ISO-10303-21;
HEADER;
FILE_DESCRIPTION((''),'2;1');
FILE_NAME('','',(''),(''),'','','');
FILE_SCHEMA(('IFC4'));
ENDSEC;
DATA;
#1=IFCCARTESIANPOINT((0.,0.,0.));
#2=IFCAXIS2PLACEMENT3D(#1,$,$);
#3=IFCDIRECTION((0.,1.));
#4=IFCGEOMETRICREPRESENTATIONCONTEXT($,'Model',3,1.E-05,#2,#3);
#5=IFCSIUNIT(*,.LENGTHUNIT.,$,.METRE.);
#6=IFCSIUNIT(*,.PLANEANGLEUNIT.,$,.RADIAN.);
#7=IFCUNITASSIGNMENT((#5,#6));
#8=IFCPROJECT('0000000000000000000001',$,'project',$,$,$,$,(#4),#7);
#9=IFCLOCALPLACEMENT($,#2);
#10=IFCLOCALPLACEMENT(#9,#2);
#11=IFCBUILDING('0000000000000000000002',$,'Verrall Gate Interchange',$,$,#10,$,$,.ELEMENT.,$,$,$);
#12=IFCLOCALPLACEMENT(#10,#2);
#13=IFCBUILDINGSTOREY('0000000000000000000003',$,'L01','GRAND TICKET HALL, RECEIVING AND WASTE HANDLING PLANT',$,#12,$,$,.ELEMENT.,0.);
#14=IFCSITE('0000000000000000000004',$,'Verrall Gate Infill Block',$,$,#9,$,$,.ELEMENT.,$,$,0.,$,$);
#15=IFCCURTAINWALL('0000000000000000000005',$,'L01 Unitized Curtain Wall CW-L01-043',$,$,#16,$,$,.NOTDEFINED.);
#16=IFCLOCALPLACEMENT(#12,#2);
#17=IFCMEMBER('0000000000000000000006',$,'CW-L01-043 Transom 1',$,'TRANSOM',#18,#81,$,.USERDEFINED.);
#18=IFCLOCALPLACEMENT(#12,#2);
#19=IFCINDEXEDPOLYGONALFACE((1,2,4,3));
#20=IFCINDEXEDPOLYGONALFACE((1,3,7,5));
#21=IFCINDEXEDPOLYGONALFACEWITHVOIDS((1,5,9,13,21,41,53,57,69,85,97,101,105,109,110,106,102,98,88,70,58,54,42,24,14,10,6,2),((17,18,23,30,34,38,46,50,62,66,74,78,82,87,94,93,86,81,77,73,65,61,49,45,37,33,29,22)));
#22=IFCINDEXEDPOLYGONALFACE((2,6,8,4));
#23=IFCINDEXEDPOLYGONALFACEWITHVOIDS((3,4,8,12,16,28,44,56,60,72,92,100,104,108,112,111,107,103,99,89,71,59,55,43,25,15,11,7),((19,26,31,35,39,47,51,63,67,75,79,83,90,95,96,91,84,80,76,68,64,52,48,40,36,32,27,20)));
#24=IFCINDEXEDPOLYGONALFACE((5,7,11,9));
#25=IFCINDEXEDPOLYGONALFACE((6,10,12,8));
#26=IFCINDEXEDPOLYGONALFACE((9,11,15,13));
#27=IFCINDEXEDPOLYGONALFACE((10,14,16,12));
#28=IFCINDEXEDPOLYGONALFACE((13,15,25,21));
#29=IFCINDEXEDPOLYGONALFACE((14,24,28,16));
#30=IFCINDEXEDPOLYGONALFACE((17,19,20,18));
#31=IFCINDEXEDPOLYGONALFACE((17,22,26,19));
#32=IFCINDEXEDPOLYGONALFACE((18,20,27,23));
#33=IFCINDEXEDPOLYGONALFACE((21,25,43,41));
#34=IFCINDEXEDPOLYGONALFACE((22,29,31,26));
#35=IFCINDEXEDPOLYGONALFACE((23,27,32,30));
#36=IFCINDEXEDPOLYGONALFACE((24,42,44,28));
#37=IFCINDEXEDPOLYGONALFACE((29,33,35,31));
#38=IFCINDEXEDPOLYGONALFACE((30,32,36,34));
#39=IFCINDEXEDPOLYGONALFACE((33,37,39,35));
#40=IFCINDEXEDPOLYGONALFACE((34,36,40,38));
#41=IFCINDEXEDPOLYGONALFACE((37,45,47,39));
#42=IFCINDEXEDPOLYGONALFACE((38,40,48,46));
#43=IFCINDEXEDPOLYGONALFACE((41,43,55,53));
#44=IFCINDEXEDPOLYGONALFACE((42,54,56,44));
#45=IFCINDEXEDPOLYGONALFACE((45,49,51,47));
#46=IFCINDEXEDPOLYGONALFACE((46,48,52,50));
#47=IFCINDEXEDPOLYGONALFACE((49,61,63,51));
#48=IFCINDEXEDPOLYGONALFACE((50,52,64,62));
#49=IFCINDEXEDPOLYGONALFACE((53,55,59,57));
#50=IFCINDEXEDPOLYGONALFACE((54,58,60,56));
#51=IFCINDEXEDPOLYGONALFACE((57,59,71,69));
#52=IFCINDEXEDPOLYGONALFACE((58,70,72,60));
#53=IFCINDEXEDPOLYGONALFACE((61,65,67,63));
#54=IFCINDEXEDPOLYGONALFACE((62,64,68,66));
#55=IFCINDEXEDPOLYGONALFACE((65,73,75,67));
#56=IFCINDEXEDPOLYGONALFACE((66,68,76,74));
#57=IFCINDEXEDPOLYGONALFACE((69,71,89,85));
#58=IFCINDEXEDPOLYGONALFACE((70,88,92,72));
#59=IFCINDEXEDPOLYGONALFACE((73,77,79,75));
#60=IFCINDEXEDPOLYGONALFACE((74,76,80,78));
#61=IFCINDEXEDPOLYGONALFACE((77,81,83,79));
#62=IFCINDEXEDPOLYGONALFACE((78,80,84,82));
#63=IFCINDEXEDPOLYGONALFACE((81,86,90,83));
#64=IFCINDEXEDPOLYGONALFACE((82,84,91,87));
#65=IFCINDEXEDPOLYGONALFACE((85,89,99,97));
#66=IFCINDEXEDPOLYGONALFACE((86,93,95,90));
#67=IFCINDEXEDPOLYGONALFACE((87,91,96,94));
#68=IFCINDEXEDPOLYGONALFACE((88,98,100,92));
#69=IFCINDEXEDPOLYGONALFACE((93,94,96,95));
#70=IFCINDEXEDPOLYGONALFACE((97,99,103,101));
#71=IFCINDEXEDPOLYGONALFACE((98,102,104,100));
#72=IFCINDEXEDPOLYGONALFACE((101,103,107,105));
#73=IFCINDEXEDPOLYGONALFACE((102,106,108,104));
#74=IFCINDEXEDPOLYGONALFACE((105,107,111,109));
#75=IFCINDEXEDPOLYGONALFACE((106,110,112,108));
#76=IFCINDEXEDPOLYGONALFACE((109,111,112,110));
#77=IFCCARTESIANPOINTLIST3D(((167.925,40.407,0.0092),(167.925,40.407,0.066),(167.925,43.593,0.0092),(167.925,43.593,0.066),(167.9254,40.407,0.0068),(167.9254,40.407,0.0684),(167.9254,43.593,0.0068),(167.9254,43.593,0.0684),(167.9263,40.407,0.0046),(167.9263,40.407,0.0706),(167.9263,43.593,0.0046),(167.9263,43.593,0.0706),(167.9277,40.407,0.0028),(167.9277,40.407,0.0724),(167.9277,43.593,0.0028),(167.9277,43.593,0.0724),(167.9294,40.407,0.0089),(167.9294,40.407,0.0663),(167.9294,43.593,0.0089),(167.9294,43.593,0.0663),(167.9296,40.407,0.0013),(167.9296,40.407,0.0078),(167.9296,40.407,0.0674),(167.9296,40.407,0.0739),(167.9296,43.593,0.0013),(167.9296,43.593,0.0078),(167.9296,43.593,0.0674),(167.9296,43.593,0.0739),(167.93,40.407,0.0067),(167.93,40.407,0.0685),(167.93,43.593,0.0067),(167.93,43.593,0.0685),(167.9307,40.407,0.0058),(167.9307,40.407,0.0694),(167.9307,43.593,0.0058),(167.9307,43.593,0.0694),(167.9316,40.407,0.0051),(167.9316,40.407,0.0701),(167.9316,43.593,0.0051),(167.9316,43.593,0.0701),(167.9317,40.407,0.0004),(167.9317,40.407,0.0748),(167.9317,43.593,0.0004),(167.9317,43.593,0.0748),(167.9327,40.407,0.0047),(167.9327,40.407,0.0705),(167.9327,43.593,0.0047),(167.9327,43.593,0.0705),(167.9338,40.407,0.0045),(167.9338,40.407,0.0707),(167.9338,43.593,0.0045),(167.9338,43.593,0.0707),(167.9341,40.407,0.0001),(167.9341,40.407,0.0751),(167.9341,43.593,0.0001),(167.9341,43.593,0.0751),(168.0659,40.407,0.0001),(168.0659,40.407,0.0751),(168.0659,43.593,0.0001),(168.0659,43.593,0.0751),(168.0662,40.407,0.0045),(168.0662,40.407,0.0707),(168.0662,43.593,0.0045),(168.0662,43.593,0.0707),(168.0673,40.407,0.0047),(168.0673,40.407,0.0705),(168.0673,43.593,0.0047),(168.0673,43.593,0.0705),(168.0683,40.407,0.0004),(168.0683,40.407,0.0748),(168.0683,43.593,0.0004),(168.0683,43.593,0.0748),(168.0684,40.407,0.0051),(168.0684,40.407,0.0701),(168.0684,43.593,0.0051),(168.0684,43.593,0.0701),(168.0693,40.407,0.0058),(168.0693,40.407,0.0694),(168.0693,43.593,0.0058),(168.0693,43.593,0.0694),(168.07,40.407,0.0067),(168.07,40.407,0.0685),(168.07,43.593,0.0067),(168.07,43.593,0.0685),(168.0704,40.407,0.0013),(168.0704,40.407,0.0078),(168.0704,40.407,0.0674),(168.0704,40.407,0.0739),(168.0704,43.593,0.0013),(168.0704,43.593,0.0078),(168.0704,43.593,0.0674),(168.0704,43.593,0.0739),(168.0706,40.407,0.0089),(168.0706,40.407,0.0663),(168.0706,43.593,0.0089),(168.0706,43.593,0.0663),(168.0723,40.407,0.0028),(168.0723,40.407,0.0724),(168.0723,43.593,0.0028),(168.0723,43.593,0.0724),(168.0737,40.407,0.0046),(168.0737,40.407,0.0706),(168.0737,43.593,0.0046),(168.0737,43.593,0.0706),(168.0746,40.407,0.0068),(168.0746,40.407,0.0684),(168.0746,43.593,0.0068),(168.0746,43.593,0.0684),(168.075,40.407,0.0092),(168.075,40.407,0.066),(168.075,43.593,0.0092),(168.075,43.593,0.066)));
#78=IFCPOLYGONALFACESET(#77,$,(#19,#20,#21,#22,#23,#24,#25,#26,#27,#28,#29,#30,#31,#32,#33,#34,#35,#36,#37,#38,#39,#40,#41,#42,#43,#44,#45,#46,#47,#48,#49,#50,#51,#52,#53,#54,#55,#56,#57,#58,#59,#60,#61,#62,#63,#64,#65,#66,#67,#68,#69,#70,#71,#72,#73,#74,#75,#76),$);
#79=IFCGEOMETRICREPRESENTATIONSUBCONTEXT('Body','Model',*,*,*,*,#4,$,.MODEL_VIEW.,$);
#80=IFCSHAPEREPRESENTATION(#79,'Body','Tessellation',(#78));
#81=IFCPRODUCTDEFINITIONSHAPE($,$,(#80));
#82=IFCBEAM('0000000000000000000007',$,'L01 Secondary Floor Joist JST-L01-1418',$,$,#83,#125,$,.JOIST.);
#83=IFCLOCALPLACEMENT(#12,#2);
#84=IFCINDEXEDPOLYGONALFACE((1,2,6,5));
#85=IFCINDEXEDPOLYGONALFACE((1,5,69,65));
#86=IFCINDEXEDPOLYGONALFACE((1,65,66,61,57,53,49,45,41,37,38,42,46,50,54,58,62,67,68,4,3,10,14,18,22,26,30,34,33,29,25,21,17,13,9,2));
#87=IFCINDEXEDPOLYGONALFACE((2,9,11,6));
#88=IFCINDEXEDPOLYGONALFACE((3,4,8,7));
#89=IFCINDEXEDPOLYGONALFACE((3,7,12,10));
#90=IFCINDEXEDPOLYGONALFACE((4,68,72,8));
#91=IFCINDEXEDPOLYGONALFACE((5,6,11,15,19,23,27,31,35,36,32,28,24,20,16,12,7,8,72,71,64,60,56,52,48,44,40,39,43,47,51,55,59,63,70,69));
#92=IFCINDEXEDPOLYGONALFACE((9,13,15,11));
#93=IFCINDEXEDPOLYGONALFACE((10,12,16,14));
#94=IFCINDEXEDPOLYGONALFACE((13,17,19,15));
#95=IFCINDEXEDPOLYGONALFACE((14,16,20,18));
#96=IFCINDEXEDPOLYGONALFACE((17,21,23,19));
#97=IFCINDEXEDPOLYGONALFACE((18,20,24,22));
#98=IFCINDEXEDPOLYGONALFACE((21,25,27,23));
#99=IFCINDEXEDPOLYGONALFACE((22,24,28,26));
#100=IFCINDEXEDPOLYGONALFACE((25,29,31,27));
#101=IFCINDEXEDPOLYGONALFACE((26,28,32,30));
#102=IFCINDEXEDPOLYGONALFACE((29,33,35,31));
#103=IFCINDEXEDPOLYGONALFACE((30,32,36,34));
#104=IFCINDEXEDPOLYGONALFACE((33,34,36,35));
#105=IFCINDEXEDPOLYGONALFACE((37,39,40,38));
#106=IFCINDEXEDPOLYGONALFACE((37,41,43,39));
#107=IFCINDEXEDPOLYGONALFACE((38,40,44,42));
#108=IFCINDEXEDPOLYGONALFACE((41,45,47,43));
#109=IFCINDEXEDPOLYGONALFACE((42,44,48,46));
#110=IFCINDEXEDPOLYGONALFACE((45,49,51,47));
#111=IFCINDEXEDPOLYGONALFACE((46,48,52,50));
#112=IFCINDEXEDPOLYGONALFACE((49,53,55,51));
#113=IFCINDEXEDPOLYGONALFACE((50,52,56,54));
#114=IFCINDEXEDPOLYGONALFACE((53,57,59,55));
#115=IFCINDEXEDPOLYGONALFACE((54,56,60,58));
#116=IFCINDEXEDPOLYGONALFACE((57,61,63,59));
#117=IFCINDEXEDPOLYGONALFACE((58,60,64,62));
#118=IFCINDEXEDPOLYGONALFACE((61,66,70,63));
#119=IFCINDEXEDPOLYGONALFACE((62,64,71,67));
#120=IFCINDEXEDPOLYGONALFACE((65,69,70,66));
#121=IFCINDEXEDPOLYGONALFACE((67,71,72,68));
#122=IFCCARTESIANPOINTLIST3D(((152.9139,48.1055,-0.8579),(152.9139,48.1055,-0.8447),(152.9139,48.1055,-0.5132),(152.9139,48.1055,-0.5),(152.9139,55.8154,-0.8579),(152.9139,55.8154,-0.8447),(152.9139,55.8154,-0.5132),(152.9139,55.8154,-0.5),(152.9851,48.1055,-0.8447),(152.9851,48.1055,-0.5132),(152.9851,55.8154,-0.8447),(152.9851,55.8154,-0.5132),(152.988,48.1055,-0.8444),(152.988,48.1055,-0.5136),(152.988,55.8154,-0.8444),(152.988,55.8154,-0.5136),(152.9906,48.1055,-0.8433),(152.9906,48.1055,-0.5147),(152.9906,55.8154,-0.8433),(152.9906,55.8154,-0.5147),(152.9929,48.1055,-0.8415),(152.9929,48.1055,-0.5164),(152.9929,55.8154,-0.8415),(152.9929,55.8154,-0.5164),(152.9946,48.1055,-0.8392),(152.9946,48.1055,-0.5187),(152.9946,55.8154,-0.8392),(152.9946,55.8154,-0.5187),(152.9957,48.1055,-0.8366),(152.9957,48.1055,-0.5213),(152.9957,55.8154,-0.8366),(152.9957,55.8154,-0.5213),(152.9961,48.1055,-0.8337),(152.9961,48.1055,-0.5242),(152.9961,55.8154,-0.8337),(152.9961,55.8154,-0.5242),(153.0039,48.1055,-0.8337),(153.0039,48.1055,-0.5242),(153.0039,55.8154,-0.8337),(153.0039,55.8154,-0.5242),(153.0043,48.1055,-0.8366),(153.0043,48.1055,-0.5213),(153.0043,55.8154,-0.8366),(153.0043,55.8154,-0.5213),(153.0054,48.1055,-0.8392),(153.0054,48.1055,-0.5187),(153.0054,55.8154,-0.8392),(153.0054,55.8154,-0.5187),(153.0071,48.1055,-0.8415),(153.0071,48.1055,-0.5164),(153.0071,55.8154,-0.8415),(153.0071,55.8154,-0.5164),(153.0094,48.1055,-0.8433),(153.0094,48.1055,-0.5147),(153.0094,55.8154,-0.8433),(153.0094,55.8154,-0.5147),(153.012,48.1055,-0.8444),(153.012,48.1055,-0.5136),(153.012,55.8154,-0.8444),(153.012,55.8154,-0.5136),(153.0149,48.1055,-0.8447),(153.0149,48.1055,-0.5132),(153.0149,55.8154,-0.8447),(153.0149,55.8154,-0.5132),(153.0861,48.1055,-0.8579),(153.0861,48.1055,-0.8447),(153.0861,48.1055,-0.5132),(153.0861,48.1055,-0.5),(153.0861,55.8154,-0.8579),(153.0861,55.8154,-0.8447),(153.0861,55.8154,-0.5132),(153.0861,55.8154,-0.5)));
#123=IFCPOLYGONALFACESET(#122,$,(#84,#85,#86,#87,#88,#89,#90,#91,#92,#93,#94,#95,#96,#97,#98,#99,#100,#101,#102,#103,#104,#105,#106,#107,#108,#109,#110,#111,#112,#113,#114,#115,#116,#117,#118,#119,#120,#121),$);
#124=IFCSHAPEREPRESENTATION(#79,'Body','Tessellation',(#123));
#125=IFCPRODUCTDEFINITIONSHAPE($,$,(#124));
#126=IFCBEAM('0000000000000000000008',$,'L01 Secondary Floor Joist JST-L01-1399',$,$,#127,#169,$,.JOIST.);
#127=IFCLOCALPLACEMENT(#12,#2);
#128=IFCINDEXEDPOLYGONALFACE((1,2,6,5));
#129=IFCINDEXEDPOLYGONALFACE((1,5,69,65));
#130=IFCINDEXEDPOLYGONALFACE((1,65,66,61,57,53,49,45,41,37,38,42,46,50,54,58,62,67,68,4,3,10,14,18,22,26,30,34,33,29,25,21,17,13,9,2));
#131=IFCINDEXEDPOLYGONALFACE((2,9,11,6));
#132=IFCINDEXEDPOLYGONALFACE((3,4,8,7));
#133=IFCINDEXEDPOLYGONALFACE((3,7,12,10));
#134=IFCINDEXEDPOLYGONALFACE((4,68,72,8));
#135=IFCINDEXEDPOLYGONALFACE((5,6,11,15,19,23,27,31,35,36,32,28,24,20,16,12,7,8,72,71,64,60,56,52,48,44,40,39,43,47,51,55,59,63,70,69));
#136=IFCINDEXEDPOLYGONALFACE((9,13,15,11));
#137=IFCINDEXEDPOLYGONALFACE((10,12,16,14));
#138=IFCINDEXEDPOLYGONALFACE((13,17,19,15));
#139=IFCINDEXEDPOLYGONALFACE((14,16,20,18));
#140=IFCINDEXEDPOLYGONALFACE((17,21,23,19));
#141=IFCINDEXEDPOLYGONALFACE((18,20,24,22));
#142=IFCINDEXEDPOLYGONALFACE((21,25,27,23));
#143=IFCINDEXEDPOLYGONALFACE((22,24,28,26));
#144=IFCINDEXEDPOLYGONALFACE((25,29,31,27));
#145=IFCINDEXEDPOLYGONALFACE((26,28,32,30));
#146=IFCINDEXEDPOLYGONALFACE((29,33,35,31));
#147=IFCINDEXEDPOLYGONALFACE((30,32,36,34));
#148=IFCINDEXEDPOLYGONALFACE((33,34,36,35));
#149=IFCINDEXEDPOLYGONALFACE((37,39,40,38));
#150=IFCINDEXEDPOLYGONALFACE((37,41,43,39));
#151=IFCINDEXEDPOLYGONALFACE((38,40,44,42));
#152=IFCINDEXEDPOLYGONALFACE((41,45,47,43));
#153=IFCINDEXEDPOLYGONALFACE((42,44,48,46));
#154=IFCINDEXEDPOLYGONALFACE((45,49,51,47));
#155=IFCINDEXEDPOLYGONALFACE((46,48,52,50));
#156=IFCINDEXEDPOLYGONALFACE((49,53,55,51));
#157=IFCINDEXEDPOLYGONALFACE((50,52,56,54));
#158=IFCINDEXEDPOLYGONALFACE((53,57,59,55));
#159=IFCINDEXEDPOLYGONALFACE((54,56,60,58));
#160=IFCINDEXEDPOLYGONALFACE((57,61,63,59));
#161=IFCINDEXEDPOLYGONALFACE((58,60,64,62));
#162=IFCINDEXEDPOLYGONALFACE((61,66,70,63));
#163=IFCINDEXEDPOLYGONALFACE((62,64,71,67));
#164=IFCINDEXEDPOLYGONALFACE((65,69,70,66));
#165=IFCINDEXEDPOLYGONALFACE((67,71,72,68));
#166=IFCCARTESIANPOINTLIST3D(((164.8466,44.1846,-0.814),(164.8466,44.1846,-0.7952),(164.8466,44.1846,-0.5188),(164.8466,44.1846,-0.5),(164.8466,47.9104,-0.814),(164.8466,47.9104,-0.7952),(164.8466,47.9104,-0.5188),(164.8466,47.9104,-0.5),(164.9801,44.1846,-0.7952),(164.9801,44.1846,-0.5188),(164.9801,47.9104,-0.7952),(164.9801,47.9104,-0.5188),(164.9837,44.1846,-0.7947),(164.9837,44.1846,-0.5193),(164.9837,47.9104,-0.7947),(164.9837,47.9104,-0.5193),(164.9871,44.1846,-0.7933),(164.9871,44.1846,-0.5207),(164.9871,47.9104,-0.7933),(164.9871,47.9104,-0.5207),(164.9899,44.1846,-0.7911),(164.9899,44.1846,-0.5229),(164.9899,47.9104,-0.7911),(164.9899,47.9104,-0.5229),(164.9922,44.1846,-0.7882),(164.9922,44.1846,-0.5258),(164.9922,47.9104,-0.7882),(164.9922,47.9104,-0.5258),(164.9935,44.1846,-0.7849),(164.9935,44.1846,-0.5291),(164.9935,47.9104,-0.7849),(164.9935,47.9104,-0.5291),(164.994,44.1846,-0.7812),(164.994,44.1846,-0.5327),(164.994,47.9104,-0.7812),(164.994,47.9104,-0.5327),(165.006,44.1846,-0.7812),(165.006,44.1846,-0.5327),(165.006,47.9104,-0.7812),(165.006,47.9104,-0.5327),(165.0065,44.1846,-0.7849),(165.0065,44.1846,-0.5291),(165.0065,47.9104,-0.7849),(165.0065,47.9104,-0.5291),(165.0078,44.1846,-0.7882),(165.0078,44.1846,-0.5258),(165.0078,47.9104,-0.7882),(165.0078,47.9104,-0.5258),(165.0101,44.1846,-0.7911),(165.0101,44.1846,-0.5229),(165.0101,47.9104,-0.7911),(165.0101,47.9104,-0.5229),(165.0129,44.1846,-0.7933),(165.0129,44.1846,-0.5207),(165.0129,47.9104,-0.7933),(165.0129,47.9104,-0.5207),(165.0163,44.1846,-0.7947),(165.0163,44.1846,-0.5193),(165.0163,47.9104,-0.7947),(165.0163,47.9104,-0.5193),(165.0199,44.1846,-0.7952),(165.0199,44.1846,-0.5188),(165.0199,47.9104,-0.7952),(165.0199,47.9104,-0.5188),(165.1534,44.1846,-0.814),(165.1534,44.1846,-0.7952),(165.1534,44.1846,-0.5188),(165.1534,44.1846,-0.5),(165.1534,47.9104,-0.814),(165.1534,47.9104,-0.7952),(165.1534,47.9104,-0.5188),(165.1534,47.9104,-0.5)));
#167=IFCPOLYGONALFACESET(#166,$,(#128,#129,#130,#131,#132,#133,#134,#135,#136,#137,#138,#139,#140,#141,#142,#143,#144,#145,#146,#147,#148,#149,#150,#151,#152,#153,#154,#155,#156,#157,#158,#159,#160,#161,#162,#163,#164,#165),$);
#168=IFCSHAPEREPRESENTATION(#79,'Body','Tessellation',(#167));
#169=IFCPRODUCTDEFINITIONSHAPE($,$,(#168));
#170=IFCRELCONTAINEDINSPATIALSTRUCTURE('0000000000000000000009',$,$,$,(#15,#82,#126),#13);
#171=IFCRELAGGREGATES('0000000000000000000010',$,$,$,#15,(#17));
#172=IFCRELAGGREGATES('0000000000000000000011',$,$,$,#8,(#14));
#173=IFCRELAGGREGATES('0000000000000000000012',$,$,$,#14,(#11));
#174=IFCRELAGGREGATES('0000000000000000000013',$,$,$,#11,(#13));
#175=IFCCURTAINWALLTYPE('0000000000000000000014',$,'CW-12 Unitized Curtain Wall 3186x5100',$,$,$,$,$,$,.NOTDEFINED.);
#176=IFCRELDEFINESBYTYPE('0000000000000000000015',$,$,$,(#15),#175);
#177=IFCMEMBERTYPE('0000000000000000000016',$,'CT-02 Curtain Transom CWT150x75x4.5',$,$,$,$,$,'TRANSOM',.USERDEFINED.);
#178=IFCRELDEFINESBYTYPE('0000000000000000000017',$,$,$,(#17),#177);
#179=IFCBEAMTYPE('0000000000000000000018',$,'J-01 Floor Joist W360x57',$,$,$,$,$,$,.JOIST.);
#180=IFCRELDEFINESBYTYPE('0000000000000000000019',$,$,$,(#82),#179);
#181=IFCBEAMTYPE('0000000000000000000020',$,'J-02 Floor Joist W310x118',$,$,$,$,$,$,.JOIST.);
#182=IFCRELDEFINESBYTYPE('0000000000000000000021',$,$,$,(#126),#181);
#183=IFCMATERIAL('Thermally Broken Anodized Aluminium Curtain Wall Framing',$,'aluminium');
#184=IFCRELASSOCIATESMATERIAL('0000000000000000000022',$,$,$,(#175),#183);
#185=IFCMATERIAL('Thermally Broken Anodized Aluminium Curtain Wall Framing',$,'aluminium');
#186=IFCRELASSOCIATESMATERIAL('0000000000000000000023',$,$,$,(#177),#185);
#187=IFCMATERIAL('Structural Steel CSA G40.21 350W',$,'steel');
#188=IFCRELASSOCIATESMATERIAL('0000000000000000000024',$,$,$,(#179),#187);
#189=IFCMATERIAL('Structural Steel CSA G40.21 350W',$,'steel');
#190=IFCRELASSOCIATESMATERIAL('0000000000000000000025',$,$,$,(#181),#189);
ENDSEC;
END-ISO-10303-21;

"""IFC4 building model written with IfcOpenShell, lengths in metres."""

from ifc_helpers import new_model, si_unit, direction, frame, origin, origin_2d, place, context, subcontext, project, spatial, hollow_rectangle, i_section, extrude, material, material_profile, profile_set, type_object, element, aggregate, save


model = new_model("IFC4")

# Units and contexts
model_context = context("Model", 3, precision=1e-05, world=origin(), true_north=direction((0.0, 1.0)))
body_context = subcontext(model_context, "Body", "Model", "MODEL_VIEW")
ifc_project = project(units=[si_unit("LENGTHUNIT", "METRE"), si_unit("PLANEANGLEUNIT", "RADIAN")], contexts=[model_context])

# Site, building, storey
site_placement = place(None, origin())
site = spatial("IfcSite", under=ifc_project, at=site_placement, Name="Verrall Gate Infill Block", CompositionType="ELEMENT", RefElevation=0.0)
building_placement = place(site_placement, origin())
building = spatial("IfcBuilding", under=site, at=building_placement, Name="Verrall Gate Interchange", CompositionType="ELEMENT")
storey_placement = place(building_placement, origin())
storey = spatial("IfcBuildingStorey", under=building, at=storey_placement, Name="L01", Description="GRAND TICKET HALL, RECEIVING AND WASTE HANDLING PLANT", CompositionType="ELEMENT", Elevation=0.0)

# Curtain wall, member
ifc_material_1 = material(Name="Thermally Broken Anodized Aluminium Curtain Wall Framing", Category="aluminium")
curtain_wall_type = type_object("IfcCurtainWallType", Name="CW-12 Unitized Curtain Wall 3186x5100", PredefinedType="NOTDEFINED", material=ifc_material_1)
curtain_wall_placement = place(storey_placement, origin())
curtain_wall = element("IfcCurtainWall", 1, at=curtain_wall_placement, inside=storey, type_object=curtain_wall_type, Name="L01 Unitized Curtain Wall CW-L01-043", PredefinedType="NOTDEFINED")
ifc_material_2 = material(Name="Thermally Broken Anodized Aluminium Curtain Wall Framing", Category="aluminium")
ifc_material_profile_1 = material_profile(ifc_material_2, hollow_rectangle(XDim=0.1499, YDim=0.075, WallThickness=0.0044, InnerFilletRadius=0.0044, OuterFilletRadius=0.009, at=origin_2d()), Name="CWT150x75x4.5")
ifc_profile_set_1 = profile_set([ifc_material_profile_1], Name="Thermally Broken Anodized Aluminium Curtain Wall Framing")
member_type = type_object("IfcMemberType", Name="CT-02 Curtain Transom CWT150x75x4.5", ElementType="TRANSOM", PredefinedType="USERDEFINED", material=ifc_profile_set_1)
member_placement = place(storey_placement, frame((168.0, 40.407, 0.0376), z_axis=(0.0, 1.0, 0.0), x_axis=(-1.0, 0.0, 0.0)))
member = element("IfcMember", 2, at=member_placement, type_object=member_type, Name="CW-L01-043 Transom 1", ObjectType="TRANSOM", PredefinedType="USERDEFINED", context=body_context, shape_type="SweptSolid", body=[
    extrude(hollow_rectangle(XDim=0.1499, YDim=0.075, WallThickness=0.0044, InnerFilletRadius=0.0044, OuterFilletRadius=0.009, at=origin_2d()), origin(), (0.0, 0.0, 1.0), 3.186),
])
aggregate(curtain_wall, [member])

# Beams
ifc_material_3 = material(Name="Structural Steel CSA G40.21 350W", Category="steel")
ifc_material_profile_2 = material_profile(ifc_material_3, i_section(OverallWidth=0.1721, OverallDepth=0.3579, WebThickness=0.0078, FlangeThickness=0.0132, FilletRadius=0.011, at=origin_2d()), Name="W360x57")
ifc_profile_set_2 = profile_set([ifc_material_profile_2], Name="Structural Steel CSA G40.21 350W")
beam_type_1 = type_object("IfcBeamType", Name="J-01 Floor Joist W360x57", PredefinedType="JOIST", material=ifc_profile_set_2)
beam_1_placement = place(storey_placement, frame((153.0, 48.1055, -0.679), z_axis=(0.0, 1.0, 0.0), x_axis=(-1.0, 0.0, 0.0)))
element("IfcBeam", 3, at=beam_1_placement, inside=storey, type_object=beam_type_1, Name="L01 Secondary Floor Joist JST-L01-1418", PredefinedType="JOIST", context=body_context, shape_type="SweptSolid", body=[
    extrude(i_section(OverallWidth=0.1721, OverallDepth=0.3579, WebThickness=0.0078, FlangeThickness=0.0132, FilletRadius=0.011, at=origin_2d()), origin(), (0.0, 0.0, 1.0), 7.71),
])
ifc_material_4 = material(Name="Structural Steel CSA G40.21 350W", Category="steel")
ifc_material_profile_3 = material_profile(ifc_material_4, i_section(OverallWidth=0.3069, OverallDepth=0.314, WebThickness=0.012, FlangeThickness=0.0188, FilletRadius=0.0139, at=origin_2d()), Name="W310x118")
ifc_profile_set_3 = profile_set([ifc_material_profile_3], Name="Structural Steel CSA G40.21 350W")
beam_type_2 = type_object("IfcBeamType", Name="J-02 Floor Joist W310x118", PredefinedType="JOIST", material=ifc_profile_set_3)
beam_2_placement = place(storey_placement, frame((165.0, 44.1846, -0.657), z_axis=(0.0, 1.0, 0.0), x_axis=(-1.0, 0.0, 0.0)))
element("IfcBeam", 4, at=beam_2_placement, inside=storey, type_object=beam_type_2, Name="L01 Secondary Floor Joist JST-L01-1399", PredefinedType="JOIST", context=body_context, shape_type="SweptSolid", body=[
    extrude(i_section(OverallWidth=0.3069, OverallDepth=0.314, WebThickness=0.012, FlangeThickness=0.0188, FilletRadius=0.0139, at=origin_2d()), origin(), (0.0, 0.0, 1.0), 3.7258),
])

save(model, "model.ifc")
